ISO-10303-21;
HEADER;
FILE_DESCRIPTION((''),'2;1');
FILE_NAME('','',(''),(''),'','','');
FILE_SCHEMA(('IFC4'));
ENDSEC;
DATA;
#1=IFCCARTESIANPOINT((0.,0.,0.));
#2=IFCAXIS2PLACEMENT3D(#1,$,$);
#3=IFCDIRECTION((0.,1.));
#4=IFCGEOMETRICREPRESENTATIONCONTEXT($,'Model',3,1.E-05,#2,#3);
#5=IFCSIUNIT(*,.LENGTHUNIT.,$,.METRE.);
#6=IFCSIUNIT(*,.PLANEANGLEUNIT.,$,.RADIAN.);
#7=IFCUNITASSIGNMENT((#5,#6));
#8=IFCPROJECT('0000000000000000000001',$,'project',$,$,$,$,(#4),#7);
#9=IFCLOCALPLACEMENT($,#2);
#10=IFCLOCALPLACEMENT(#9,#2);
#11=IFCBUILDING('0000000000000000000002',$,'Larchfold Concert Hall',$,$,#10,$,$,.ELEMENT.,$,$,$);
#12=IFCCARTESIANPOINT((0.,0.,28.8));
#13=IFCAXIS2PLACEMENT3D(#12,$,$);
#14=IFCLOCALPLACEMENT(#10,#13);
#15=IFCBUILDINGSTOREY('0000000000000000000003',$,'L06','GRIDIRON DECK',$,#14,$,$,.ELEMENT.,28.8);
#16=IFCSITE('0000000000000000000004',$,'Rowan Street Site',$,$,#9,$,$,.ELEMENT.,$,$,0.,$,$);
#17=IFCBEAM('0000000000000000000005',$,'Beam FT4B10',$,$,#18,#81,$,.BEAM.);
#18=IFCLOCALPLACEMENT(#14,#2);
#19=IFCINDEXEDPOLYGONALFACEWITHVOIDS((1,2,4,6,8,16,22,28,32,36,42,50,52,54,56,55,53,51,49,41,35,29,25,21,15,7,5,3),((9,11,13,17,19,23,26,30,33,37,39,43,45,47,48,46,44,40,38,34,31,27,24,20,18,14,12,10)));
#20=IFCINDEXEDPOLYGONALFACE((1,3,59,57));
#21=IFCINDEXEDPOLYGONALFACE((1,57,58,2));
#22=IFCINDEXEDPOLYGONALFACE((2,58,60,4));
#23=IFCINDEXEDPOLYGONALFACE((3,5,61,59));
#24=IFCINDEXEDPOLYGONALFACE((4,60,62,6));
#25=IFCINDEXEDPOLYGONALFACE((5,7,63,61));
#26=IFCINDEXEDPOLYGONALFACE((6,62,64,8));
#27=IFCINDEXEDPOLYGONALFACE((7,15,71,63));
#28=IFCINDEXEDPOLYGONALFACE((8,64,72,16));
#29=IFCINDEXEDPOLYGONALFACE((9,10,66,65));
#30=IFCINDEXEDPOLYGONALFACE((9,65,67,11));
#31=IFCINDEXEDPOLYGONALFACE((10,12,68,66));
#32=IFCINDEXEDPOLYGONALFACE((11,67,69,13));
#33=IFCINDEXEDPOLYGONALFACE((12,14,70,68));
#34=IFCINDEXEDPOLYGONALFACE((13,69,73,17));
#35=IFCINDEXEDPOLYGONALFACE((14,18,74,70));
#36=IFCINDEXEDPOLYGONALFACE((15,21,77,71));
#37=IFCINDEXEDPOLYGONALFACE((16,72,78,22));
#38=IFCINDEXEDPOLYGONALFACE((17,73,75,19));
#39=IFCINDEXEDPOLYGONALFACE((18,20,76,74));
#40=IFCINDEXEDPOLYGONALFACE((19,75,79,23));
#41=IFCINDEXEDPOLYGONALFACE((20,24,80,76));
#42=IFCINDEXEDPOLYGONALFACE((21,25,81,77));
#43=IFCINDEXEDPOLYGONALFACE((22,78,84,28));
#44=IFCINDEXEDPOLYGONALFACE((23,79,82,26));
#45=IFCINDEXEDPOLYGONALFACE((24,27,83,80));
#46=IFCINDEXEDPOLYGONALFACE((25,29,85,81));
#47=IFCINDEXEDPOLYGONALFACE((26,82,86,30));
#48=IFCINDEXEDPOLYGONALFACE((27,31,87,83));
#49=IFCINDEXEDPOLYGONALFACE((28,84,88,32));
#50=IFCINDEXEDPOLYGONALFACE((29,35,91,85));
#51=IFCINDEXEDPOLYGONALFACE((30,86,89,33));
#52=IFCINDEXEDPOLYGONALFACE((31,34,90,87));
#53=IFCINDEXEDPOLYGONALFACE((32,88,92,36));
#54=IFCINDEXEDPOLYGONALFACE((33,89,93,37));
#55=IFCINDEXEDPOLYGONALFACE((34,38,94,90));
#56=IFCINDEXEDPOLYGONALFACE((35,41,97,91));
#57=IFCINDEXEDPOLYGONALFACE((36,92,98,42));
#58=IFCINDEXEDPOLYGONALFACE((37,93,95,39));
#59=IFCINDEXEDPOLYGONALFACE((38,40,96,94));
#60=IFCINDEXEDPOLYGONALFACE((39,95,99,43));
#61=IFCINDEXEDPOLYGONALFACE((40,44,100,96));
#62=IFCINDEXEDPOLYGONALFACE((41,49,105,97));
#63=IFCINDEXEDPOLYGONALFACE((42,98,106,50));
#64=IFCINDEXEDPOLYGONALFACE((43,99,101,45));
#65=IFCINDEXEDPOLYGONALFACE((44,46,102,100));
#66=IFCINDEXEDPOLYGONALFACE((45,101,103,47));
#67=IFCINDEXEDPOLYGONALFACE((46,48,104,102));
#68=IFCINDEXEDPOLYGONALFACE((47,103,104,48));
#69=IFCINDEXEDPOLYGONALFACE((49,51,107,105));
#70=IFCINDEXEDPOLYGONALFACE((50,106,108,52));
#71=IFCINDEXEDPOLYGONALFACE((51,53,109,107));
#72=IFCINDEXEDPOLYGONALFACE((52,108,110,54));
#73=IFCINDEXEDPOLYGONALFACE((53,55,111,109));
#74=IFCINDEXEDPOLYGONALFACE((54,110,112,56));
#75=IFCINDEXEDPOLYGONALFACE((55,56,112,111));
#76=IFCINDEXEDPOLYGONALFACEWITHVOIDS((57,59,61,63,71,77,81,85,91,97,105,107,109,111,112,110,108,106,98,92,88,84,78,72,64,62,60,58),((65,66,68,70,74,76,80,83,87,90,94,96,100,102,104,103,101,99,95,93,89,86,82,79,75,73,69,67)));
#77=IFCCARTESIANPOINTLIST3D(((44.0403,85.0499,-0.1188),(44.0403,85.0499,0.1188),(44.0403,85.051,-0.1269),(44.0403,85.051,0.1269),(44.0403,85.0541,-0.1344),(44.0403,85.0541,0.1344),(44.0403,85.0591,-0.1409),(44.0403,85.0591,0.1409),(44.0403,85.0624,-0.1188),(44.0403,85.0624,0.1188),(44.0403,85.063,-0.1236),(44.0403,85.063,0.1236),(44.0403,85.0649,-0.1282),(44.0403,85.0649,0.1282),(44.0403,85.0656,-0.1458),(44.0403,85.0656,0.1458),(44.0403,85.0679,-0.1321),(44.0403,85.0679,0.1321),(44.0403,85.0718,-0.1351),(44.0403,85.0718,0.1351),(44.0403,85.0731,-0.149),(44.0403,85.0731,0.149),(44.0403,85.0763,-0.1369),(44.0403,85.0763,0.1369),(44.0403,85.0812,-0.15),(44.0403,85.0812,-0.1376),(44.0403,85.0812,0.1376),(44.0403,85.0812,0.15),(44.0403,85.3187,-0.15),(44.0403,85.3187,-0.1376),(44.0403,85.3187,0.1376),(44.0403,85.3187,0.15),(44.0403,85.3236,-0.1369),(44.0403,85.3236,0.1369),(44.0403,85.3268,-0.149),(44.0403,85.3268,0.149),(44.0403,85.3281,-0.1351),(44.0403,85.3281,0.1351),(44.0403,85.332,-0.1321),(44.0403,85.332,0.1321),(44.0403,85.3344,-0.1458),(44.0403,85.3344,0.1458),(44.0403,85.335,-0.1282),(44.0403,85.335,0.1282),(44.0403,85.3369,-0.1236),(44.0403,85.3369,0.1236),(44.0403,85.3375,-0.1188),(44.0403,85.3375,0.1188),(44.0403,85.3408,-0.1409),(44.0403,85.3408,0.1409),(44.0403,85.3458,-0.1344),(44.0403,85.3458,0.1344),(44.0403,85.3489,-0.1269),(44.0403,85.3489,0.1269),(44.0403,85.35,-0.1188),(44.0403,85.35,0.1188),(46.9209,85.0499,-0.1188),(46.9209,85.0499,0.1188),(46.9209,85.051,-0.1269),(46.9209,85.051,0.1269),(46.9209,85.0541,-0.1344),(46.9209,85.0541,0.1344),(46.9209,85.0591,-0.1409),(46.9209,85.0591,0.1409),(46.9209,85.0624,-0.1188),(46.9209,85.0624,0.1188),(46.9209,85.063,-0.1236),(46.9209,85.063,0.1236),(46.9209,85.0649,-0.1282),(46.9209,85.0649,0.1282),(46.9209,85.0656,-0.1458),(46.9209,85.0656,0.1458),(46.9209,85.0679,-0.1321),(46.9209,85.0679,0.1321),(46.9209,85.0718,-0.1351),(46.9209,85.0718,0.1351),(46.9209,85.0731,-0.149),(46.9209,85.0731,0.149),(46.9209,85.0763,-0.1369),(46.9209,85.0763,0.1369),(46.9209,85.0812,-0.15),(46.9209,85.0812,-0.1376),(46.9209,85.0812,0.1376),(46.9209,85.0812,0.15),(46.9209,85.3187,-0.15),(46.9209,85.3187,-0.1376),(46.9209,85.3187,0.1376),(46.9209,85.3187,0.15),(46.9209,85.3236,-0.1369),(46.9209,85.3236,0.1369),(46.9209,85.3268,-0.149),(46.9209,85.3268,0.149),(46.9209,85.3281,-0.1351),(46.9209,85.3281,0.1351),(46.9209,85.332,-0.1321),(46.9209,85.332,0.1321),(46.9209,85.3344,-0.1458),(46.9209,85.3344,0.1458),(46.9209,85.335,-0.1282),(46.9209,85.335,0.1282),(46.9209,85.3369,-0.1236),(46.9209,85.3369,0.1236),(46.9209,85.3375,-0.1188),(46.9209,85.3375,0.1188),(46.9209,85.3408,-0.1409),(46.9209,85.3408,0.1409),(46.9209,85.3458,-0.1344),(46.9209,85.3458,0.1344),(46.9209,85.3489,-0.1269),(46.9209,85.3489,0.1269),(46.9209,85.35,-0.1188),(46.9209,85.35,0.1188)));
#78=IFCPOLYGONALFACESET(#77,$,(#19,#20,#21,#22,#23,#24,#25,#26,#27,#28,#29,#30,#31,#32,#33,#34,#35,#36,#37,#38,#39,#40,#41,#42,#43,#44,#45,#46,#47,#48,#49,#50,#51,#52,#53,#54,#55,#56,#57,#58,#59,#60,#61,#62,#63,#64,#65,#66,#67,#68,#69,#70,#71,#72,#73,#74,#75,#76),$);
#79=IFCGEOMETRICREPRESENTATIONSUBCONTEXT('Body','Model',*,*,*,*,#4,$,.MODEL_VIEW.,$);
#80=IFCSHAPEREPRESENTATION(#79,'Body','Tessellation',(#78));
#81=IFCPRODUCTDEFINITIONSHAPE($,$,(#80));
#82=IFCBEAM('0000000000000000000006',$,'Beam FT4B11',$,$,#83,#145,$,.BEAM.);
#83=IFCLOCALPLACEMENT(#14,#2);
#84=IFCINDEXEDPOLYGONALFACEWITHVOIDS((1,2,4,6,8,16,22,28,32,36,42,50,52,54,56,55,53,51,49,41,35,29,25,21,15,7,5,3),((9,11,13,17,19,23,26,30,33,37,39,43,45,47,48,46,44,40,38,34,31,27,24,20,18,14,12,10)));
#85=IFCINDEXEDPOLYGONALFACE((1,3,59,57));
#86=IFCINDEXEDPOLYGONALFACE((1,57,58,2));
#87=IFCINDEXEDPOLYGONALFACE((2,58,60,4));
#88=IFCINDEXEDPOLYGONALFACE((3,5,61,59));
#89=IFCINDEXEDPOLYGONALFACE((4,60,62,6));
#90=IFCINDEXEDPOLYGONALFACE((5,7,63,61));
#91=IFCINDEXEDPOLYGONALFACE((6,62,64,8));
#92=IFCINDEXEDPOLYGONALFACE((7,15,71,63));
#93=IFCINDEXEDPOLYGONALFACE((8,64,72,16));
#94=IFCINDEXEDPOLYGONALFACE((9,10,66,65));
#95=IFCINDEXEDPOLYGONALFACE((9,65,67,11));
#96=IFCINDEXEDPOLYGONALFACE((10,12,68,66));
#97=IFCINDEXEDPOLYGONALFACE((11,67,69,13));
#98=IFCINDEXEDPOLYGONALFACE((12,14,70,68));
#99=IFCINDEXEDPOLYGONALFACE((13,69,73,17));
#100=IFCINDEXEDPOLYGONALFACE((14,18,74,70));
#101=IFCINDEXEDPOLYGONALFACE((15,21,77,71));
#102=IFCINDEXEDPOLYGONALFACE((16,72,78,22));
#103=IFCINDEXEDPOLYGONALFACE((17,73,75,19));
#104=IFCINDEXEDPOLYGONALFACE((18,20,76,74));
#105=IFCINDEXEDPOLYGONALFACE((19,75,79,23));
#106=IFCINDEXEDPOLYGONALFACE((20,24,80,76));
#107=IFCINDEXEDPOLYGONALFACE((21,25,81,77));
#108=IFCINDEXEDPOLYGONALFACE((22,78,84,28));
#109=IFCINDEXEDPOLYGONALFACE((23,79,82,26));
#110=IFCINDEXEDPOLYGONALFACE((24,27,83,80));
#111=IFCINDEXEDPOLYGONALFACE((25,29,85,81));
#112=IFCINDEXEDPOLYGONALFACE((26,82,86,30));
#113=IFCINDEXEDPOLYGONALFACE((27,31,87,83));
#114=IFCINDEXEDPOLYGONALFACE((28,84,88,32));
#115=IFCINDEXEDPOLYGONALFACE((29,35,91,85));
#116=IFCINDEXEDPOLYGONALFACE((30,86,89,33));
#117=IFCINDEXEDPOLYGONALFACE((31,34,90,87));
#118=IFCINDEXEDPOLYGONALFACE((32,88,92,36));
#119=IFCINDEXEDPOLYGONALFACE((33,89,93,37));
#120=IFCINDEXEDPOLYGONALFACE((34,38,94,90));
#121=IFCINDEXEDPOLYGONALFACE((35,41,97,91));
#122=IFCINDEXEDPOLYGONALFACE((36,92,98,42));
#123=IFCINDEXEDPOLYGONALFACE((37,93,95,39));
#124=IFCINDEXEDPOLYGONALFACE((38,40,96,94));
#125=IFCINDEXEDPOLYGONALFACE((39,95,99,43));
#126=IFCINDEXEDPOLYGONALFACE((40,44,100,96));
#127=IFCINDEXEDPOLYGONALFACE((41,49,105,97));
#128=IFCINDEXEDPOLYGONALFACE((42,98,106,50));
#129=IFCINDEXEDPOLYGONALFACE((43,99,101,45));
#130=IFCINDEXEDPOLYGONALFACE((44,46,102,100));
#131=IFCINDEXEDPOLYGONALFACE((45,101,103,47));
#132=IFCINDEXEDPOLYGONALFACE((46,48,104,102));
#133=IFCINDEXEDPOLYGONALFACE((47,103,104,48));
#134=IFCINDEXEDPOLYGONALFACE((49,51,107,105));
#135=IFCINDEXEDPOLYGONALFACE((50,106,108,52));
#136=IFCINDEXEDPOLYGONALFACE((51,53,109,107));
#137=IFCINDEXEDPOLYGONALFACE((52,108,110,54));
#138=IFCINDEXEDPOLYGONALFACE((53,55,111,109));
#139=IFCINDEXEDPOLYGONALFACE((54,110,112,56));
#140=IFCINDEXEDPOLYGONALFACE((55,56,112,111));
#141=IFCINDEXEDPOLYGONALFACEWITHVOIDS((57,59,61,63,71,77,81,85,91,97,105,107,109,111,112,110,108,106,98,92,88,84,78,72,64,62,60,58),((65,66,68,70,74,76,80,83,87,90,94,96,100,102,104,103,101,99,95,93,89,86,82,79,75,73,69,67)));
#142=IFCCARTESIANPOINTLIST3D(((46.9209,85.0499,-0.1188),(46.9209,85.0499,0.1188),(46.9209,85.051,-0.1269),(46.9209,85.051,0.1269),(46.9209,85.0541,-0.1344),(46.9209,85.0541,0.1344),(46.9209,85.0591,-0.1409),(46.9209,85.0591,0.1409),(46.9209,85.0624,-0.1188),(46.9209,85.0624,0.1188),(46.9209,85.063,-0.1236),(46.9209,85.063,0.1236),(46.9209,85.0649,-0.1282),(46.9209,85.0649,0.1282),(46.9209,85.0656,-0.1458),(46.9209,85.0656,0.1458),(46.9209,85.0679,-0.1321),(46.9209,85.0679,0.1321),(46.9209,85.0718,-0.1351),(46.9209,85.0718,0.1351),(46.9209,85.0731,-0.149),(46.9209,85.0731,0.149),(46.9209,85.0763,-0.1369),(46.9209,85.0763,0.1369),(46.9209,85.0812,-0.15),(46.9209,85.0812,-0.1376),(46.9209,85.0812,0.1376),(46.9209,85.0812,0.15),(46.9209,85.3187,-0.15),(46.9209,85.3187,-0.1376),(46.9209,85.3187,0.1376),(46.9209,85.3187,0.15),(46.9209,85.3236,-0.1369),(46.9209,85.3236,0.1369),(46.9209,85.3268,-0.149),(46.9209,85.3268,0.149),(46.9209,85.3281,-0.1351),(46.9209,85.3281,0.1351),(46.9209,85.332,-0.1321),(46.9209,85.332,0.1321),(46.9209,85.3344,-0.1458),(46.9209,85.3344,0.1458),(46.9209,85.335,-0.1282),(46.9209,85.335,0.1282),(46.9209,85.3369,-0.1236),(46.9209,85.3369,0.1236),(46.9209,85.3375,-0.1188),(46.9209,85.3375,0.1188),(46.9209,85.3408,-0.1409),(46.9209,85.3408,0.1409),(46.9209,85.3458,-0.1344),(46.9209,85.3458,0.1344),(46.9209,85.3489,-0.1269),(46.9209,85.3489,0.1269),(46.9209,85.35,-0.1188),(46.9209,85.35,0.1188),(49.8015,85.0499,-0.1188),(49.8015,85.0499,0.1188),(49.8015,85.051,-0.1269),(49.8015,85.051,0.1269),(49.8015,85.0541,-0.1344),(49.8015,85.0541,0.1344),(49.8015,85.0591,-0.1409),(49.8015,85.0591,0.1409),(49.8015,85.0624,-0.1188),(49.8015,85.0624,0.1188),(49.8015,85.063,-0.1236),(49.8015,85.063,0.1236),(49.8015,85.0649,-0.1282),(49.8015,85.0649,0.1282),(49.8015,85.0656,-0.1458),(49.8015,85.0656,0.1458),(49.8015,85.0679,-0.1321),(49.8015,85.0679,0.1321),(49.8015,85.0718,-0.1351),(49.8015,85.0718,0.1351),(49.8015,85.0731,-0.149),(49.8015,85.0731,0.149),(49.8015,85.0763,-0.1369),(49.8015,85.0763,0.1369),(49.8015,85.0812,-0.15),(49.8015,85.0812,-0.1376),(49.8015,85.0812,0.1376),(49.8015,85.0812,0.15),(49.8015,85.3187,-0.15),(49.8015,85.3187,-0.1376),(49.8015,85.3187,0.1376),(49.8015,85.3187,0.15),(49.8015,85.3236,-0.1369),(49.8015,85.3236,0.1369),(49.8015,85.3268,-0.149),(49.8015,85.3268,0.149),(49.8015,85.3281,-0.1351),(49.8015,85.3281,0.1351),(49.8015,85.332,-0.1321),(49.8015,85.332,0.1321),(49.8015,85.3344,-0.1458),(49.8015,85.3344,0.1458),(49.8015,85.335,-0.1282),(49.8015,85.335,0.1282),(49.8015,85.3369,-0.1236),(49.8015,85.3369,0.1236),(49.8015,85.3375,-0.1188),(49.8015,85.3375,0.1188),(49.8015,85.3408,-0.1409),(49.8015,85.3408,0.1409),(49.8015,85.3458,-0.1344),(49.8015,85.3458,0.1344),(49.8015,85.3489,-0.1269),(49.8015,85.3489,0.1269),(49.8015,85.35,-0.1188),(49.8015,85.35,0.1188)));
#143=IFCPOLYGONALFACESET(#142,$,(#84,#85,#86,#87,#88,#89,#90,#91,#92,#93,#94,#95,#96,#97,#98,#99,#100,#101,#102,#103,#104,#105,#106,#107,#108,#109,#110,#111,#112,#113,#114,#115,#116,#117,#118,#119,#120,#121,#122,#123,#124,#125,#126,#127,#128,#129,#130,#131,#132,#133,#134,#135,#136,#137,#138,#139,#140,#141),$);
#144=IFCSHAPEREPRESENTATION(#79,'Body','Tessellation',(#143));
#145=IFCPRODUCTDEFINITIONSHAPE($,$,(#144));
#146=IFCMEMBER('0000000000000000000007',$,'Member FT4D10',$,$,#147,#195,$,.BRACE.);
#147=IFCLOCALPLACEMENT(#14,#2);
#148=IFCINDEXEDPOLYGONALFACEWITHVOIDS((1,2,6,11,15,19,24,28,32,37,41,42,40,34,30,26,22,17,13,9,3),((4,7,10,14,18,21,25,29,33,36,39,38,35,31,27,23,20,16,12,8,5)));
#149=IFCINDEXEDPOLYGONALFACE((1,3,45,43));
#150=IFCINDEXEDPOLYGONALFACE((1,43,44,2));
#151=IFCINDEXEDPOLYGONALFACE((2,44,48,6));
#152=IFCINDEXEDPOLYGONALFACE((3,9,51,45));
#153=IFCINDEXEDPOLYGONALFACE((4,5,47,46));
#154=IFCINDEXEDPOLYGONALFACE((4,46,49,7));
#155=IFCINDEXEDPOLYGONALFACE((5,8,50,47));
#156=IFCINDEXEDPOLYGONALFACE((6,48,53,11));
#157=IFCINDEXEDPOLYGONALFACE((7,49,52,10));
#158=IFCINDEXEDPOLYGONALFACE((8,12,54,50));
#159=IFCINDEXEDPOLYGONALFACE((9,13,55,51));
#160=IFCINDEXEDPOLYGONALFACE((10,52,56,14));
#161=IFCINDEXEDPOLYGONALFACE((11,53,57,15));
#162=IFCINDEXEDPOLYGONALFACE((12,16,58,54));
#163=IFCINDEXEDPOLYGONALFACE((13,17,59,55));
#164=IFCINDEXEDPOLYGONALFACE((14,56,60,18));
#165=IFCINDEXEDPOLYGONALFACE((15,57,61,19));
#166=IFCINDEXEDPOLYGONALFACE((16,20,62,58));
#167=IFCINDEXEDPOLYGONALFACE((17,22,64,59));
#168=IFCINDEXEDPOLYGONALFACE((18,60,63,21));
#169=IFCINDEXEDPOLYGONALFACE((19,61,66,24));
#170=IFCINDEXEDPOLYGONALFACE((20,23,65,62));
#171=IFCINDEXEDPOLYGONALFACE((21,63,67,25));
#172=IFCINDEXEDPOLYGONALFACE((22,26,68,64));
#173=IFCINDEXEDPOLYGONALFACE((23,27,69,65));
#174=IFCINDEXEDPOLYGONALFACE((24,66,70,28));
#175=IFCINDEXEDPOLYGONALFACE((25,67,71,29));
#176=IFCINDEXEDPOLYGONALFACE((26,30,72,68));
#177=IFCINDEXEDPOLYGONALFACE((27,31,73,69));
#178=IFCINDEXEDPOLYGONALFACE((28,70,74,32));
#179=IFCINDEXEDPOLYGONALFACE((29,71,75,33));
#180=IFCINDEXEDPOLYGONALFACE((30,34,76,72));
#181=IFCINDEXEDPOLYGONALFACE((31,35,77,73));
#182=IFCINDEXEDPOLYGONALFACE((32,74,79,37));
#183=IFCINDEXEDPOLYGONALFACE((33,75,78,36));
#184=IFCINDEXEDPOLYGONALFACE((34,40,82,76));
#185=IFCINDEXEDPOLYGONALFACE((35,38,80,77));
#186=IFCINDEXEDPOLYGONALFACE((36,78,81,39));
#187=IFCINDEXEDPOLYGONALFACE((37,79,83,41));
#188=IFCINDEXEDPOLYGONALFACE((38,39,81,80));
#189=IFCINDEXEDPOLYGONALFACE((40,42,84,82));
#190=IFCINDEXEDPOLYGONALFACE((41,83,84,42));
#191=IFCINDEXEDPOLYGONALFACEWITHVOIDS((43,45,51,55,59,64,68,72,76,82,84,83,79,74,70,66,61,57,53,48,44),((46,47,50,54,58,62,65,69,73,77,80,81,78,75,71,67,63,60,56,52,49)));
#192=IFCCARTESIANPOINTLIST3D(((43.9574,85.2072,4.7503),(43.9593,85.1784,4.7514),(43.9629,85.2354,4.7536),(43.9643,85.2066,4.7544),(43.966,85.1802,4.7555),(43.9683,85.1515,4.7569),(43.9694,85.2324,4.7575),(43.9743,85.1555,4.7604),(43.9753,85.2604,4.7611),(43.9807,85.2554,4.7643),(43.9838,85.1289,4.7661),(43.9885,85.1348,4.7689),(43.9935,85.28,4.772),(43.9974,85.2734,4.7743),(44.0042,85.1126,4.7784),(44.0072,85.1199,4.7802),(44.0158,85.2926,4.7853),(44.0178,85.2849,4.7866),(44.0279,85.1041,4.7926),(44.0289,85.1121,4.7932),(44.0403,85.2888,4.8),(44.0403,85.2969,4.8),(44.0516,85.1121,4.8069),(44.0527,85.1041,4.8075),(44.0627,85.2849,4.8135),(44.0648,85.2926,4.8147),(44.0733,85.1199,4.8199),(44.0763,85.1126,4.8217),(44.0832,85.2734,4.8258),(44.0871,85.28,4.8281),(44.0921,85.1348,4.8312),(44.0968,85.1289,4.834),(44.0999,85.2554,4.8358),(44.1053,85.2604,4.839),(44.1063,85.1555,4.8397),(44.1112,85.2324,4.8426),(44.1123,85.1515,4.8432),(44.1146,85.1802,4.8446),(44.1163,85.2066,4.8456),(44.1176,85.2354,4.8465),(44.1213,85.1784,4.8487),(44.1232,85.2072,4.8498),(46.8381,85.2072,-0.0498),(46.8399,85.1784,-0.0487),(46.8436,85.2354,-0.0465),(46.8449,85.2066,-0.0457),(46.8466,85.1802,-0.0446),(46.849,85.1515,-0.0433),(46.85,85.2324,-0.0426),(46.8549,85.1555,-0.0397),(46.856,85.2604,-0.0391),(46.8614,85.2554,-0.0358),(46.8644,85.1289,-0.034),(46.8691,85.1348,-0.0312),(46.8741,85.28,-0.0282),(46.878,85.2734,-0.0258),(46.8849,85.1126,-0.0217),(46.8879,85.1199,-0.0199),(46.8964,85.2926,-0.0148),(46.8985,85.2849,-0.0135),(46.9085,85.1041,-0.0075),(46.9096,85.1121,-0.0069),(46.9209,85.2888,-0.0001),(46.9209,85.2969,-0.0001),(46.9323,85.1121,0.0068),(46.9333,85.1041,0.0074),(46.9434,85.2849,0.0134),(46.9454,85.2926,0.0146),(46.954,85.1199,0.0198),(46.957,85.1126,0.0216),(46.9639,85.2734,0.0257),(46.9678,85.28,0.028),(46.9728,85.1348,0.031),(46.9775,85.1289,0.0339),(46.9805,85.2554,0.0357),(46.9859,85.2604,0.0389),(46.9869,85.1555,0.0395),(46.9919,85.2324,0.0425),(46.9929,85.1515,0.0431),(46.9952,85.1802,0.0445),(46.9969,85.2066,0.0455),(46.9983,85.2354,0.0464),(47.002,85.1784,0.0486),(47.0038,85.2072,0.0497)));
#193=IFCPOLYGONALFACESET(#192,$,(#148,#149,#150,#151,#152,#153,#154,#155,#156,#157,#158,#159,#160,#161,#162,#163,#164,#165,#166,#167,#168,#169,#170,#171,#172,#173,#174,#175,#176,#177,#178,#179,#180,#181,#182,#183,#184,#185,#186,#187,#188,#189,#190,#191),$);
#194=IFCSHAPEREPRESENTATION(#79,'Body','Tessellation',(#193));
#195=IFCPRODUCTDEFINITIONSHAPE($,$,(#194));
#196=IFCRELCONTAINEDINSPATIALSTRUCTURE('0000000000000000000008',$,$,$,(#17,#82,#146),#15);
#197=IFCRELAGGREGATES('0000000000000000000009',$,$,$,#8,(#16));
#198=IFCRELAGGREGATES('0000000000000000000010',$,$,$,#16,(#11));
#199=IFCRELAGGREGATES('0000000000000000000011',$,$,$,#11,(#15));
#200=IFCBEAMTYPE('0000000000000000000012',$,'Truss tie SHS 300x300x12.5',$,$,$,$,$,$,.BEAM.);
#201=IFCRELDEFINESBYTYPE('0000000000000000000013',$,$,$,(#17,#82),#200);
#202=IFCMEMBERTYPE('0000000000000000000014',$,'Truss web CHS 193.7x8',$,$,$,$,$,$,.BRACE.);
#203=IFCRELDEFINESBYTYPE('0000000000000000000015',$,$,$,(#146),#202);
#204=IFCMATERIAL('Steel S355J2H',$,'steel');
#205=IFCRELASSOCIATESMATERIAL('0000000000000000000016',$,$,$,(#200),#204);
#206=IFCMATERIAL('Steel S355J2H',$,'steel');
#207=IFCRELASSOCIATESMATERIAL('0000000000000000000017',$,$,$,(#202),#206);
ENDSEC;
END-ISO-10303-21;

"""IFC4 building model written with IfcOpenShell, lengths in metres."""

from ifc_helpers import new_model, si_unit, direction, frame, origin, origin_2d, place, context, subcontext, project, spatial, hollow_rectangle, hollow_circle, extrude, material, material_profile, profile_set, type_object, element, save


model = new_model("IFC4")

# Units and contexts
model_context = context("Model", 3, precision=1e-05, world=origin(), true_north=direction((0.0, 1.0)))
body_context = subcontext(model_context, "Body", "Model", "MODEL_VIEW")
ifc_project = project(units=[si_unit("LENGTHUNIT", "METRE"), si_unit("PLANEANGLEUNIT", "RADIAN")], contexts=[model_context])

# Site, building, storey
site_placement = place(None, origin())
site = spatial("IfcSite", under=ifc_project, at=site_placement, Name="Rowan Street Site", CompositionType="ELEMENT", RefElevation=0.0)
building_placement = place(site_placement, origin())
building = spatial("IfcBuilding", under=site, at=building_placement, Name="Larchfold Concert Hall", CompositionType="ELEMENT")
storey_placement = place(building_placement, frame((0.0, 0.0, 28.8)))
storey = spatial("IfcBuildingStorey", under=building, at=storey_placement, Name="L06", Description="GRIDIRON DECK", CompositionType="ELEMENT", Elevation=28.8)

# Beams
ifc_material_1 = material(Name="Steel S355J2H", Category="steel")
ifc_material_profile_1 = material_profile(ifc_material_1, hollow_rectangle(XDim=0.3, YDim=0.3, WallThickness=0.0125, InnerFilletRadius=0.0188, OuterFilletRadius=0.0312, at=origin_2d()))
ifc_profile_set_1 = profile_set([ifc_material_profile_1], Name="Steel S355J2H")
beam_type_1 = type_object("IfcBeamType", Name="Truss tie SHS 300x300x12.5", PredefinedType="BEAM", material=ifc_profile_set_1)
for number, where, z_axis, x_axis, name in (
    (1, (44.0403, 85.2, 0.0), (1.0, 0.0, 0.0), (0.0, 1.0, 0.0), "Beam FT4B10"),
    (2, (46.9209, 85.2, 0.0), (1.0, 0.0, 0.0), (0.0, 1.0, 0.0), "Beam FT4B11"),
):
    element("IfcBeam", number, at=place(storey_placement, frame(where, z_axis=z_axis, x_axis=x_axis)), inside=storey, type_object=beam_type_1, Name=name, PredefinedType="BEAM", context=body_context, shape_type="SweptSolid", body=[
        extrude(hollow_rectangle(XDim=0.3, YDim=0.3, WallThickness=0.0125, InnerFilletRadius=0.0188, OuterFilletRadius=0.0312, at=origin_2d()), origin(), (0.0, 0.0, 1.0), 2.8806),
    ])

# Member
ifc_material_2 = material(Name="Steel S355J2H", Category="steel")
ifc_material_profile_2 = material_profile(ifc_material_2, hollow_circle(Radius=0.0969, WallThickness=0.0081, at=origin_2d()))
ifc_profile_set_2 = profile_set([ifc_material_profile_2], Name="Steel S355J2H")
member_type_1 = type_object("IfcMemberType", Name="Truss web CHS 193.7x8", PredefinedType="BRACE", material=ifc_profile_set_2)
for number, where, z_axis, x_axis, name in (
    (3, (44.0403, 85.2, 4.8), (0.514573, 0.0, -0.857447), (0.0, 1.0, 0.0), "Member FT4D10"),
):
    element("IfcMember", number, at=place(storey_placement, frame(where, z_axis=z_axis, x_axis=x_axis)), inside=storey, type_object=member_type_1, Name=name, PredefinedType="BRACE", context=body_context, shape_type="SweptSolid", body=[
        extrude(hollow_circle(Radius=0.0969, WallThickness=0.0081, at=origin_2d()), origin(), (0.0, 0.0, 1.0), 5.5981),
    ])

save(model, "model.ifc")
